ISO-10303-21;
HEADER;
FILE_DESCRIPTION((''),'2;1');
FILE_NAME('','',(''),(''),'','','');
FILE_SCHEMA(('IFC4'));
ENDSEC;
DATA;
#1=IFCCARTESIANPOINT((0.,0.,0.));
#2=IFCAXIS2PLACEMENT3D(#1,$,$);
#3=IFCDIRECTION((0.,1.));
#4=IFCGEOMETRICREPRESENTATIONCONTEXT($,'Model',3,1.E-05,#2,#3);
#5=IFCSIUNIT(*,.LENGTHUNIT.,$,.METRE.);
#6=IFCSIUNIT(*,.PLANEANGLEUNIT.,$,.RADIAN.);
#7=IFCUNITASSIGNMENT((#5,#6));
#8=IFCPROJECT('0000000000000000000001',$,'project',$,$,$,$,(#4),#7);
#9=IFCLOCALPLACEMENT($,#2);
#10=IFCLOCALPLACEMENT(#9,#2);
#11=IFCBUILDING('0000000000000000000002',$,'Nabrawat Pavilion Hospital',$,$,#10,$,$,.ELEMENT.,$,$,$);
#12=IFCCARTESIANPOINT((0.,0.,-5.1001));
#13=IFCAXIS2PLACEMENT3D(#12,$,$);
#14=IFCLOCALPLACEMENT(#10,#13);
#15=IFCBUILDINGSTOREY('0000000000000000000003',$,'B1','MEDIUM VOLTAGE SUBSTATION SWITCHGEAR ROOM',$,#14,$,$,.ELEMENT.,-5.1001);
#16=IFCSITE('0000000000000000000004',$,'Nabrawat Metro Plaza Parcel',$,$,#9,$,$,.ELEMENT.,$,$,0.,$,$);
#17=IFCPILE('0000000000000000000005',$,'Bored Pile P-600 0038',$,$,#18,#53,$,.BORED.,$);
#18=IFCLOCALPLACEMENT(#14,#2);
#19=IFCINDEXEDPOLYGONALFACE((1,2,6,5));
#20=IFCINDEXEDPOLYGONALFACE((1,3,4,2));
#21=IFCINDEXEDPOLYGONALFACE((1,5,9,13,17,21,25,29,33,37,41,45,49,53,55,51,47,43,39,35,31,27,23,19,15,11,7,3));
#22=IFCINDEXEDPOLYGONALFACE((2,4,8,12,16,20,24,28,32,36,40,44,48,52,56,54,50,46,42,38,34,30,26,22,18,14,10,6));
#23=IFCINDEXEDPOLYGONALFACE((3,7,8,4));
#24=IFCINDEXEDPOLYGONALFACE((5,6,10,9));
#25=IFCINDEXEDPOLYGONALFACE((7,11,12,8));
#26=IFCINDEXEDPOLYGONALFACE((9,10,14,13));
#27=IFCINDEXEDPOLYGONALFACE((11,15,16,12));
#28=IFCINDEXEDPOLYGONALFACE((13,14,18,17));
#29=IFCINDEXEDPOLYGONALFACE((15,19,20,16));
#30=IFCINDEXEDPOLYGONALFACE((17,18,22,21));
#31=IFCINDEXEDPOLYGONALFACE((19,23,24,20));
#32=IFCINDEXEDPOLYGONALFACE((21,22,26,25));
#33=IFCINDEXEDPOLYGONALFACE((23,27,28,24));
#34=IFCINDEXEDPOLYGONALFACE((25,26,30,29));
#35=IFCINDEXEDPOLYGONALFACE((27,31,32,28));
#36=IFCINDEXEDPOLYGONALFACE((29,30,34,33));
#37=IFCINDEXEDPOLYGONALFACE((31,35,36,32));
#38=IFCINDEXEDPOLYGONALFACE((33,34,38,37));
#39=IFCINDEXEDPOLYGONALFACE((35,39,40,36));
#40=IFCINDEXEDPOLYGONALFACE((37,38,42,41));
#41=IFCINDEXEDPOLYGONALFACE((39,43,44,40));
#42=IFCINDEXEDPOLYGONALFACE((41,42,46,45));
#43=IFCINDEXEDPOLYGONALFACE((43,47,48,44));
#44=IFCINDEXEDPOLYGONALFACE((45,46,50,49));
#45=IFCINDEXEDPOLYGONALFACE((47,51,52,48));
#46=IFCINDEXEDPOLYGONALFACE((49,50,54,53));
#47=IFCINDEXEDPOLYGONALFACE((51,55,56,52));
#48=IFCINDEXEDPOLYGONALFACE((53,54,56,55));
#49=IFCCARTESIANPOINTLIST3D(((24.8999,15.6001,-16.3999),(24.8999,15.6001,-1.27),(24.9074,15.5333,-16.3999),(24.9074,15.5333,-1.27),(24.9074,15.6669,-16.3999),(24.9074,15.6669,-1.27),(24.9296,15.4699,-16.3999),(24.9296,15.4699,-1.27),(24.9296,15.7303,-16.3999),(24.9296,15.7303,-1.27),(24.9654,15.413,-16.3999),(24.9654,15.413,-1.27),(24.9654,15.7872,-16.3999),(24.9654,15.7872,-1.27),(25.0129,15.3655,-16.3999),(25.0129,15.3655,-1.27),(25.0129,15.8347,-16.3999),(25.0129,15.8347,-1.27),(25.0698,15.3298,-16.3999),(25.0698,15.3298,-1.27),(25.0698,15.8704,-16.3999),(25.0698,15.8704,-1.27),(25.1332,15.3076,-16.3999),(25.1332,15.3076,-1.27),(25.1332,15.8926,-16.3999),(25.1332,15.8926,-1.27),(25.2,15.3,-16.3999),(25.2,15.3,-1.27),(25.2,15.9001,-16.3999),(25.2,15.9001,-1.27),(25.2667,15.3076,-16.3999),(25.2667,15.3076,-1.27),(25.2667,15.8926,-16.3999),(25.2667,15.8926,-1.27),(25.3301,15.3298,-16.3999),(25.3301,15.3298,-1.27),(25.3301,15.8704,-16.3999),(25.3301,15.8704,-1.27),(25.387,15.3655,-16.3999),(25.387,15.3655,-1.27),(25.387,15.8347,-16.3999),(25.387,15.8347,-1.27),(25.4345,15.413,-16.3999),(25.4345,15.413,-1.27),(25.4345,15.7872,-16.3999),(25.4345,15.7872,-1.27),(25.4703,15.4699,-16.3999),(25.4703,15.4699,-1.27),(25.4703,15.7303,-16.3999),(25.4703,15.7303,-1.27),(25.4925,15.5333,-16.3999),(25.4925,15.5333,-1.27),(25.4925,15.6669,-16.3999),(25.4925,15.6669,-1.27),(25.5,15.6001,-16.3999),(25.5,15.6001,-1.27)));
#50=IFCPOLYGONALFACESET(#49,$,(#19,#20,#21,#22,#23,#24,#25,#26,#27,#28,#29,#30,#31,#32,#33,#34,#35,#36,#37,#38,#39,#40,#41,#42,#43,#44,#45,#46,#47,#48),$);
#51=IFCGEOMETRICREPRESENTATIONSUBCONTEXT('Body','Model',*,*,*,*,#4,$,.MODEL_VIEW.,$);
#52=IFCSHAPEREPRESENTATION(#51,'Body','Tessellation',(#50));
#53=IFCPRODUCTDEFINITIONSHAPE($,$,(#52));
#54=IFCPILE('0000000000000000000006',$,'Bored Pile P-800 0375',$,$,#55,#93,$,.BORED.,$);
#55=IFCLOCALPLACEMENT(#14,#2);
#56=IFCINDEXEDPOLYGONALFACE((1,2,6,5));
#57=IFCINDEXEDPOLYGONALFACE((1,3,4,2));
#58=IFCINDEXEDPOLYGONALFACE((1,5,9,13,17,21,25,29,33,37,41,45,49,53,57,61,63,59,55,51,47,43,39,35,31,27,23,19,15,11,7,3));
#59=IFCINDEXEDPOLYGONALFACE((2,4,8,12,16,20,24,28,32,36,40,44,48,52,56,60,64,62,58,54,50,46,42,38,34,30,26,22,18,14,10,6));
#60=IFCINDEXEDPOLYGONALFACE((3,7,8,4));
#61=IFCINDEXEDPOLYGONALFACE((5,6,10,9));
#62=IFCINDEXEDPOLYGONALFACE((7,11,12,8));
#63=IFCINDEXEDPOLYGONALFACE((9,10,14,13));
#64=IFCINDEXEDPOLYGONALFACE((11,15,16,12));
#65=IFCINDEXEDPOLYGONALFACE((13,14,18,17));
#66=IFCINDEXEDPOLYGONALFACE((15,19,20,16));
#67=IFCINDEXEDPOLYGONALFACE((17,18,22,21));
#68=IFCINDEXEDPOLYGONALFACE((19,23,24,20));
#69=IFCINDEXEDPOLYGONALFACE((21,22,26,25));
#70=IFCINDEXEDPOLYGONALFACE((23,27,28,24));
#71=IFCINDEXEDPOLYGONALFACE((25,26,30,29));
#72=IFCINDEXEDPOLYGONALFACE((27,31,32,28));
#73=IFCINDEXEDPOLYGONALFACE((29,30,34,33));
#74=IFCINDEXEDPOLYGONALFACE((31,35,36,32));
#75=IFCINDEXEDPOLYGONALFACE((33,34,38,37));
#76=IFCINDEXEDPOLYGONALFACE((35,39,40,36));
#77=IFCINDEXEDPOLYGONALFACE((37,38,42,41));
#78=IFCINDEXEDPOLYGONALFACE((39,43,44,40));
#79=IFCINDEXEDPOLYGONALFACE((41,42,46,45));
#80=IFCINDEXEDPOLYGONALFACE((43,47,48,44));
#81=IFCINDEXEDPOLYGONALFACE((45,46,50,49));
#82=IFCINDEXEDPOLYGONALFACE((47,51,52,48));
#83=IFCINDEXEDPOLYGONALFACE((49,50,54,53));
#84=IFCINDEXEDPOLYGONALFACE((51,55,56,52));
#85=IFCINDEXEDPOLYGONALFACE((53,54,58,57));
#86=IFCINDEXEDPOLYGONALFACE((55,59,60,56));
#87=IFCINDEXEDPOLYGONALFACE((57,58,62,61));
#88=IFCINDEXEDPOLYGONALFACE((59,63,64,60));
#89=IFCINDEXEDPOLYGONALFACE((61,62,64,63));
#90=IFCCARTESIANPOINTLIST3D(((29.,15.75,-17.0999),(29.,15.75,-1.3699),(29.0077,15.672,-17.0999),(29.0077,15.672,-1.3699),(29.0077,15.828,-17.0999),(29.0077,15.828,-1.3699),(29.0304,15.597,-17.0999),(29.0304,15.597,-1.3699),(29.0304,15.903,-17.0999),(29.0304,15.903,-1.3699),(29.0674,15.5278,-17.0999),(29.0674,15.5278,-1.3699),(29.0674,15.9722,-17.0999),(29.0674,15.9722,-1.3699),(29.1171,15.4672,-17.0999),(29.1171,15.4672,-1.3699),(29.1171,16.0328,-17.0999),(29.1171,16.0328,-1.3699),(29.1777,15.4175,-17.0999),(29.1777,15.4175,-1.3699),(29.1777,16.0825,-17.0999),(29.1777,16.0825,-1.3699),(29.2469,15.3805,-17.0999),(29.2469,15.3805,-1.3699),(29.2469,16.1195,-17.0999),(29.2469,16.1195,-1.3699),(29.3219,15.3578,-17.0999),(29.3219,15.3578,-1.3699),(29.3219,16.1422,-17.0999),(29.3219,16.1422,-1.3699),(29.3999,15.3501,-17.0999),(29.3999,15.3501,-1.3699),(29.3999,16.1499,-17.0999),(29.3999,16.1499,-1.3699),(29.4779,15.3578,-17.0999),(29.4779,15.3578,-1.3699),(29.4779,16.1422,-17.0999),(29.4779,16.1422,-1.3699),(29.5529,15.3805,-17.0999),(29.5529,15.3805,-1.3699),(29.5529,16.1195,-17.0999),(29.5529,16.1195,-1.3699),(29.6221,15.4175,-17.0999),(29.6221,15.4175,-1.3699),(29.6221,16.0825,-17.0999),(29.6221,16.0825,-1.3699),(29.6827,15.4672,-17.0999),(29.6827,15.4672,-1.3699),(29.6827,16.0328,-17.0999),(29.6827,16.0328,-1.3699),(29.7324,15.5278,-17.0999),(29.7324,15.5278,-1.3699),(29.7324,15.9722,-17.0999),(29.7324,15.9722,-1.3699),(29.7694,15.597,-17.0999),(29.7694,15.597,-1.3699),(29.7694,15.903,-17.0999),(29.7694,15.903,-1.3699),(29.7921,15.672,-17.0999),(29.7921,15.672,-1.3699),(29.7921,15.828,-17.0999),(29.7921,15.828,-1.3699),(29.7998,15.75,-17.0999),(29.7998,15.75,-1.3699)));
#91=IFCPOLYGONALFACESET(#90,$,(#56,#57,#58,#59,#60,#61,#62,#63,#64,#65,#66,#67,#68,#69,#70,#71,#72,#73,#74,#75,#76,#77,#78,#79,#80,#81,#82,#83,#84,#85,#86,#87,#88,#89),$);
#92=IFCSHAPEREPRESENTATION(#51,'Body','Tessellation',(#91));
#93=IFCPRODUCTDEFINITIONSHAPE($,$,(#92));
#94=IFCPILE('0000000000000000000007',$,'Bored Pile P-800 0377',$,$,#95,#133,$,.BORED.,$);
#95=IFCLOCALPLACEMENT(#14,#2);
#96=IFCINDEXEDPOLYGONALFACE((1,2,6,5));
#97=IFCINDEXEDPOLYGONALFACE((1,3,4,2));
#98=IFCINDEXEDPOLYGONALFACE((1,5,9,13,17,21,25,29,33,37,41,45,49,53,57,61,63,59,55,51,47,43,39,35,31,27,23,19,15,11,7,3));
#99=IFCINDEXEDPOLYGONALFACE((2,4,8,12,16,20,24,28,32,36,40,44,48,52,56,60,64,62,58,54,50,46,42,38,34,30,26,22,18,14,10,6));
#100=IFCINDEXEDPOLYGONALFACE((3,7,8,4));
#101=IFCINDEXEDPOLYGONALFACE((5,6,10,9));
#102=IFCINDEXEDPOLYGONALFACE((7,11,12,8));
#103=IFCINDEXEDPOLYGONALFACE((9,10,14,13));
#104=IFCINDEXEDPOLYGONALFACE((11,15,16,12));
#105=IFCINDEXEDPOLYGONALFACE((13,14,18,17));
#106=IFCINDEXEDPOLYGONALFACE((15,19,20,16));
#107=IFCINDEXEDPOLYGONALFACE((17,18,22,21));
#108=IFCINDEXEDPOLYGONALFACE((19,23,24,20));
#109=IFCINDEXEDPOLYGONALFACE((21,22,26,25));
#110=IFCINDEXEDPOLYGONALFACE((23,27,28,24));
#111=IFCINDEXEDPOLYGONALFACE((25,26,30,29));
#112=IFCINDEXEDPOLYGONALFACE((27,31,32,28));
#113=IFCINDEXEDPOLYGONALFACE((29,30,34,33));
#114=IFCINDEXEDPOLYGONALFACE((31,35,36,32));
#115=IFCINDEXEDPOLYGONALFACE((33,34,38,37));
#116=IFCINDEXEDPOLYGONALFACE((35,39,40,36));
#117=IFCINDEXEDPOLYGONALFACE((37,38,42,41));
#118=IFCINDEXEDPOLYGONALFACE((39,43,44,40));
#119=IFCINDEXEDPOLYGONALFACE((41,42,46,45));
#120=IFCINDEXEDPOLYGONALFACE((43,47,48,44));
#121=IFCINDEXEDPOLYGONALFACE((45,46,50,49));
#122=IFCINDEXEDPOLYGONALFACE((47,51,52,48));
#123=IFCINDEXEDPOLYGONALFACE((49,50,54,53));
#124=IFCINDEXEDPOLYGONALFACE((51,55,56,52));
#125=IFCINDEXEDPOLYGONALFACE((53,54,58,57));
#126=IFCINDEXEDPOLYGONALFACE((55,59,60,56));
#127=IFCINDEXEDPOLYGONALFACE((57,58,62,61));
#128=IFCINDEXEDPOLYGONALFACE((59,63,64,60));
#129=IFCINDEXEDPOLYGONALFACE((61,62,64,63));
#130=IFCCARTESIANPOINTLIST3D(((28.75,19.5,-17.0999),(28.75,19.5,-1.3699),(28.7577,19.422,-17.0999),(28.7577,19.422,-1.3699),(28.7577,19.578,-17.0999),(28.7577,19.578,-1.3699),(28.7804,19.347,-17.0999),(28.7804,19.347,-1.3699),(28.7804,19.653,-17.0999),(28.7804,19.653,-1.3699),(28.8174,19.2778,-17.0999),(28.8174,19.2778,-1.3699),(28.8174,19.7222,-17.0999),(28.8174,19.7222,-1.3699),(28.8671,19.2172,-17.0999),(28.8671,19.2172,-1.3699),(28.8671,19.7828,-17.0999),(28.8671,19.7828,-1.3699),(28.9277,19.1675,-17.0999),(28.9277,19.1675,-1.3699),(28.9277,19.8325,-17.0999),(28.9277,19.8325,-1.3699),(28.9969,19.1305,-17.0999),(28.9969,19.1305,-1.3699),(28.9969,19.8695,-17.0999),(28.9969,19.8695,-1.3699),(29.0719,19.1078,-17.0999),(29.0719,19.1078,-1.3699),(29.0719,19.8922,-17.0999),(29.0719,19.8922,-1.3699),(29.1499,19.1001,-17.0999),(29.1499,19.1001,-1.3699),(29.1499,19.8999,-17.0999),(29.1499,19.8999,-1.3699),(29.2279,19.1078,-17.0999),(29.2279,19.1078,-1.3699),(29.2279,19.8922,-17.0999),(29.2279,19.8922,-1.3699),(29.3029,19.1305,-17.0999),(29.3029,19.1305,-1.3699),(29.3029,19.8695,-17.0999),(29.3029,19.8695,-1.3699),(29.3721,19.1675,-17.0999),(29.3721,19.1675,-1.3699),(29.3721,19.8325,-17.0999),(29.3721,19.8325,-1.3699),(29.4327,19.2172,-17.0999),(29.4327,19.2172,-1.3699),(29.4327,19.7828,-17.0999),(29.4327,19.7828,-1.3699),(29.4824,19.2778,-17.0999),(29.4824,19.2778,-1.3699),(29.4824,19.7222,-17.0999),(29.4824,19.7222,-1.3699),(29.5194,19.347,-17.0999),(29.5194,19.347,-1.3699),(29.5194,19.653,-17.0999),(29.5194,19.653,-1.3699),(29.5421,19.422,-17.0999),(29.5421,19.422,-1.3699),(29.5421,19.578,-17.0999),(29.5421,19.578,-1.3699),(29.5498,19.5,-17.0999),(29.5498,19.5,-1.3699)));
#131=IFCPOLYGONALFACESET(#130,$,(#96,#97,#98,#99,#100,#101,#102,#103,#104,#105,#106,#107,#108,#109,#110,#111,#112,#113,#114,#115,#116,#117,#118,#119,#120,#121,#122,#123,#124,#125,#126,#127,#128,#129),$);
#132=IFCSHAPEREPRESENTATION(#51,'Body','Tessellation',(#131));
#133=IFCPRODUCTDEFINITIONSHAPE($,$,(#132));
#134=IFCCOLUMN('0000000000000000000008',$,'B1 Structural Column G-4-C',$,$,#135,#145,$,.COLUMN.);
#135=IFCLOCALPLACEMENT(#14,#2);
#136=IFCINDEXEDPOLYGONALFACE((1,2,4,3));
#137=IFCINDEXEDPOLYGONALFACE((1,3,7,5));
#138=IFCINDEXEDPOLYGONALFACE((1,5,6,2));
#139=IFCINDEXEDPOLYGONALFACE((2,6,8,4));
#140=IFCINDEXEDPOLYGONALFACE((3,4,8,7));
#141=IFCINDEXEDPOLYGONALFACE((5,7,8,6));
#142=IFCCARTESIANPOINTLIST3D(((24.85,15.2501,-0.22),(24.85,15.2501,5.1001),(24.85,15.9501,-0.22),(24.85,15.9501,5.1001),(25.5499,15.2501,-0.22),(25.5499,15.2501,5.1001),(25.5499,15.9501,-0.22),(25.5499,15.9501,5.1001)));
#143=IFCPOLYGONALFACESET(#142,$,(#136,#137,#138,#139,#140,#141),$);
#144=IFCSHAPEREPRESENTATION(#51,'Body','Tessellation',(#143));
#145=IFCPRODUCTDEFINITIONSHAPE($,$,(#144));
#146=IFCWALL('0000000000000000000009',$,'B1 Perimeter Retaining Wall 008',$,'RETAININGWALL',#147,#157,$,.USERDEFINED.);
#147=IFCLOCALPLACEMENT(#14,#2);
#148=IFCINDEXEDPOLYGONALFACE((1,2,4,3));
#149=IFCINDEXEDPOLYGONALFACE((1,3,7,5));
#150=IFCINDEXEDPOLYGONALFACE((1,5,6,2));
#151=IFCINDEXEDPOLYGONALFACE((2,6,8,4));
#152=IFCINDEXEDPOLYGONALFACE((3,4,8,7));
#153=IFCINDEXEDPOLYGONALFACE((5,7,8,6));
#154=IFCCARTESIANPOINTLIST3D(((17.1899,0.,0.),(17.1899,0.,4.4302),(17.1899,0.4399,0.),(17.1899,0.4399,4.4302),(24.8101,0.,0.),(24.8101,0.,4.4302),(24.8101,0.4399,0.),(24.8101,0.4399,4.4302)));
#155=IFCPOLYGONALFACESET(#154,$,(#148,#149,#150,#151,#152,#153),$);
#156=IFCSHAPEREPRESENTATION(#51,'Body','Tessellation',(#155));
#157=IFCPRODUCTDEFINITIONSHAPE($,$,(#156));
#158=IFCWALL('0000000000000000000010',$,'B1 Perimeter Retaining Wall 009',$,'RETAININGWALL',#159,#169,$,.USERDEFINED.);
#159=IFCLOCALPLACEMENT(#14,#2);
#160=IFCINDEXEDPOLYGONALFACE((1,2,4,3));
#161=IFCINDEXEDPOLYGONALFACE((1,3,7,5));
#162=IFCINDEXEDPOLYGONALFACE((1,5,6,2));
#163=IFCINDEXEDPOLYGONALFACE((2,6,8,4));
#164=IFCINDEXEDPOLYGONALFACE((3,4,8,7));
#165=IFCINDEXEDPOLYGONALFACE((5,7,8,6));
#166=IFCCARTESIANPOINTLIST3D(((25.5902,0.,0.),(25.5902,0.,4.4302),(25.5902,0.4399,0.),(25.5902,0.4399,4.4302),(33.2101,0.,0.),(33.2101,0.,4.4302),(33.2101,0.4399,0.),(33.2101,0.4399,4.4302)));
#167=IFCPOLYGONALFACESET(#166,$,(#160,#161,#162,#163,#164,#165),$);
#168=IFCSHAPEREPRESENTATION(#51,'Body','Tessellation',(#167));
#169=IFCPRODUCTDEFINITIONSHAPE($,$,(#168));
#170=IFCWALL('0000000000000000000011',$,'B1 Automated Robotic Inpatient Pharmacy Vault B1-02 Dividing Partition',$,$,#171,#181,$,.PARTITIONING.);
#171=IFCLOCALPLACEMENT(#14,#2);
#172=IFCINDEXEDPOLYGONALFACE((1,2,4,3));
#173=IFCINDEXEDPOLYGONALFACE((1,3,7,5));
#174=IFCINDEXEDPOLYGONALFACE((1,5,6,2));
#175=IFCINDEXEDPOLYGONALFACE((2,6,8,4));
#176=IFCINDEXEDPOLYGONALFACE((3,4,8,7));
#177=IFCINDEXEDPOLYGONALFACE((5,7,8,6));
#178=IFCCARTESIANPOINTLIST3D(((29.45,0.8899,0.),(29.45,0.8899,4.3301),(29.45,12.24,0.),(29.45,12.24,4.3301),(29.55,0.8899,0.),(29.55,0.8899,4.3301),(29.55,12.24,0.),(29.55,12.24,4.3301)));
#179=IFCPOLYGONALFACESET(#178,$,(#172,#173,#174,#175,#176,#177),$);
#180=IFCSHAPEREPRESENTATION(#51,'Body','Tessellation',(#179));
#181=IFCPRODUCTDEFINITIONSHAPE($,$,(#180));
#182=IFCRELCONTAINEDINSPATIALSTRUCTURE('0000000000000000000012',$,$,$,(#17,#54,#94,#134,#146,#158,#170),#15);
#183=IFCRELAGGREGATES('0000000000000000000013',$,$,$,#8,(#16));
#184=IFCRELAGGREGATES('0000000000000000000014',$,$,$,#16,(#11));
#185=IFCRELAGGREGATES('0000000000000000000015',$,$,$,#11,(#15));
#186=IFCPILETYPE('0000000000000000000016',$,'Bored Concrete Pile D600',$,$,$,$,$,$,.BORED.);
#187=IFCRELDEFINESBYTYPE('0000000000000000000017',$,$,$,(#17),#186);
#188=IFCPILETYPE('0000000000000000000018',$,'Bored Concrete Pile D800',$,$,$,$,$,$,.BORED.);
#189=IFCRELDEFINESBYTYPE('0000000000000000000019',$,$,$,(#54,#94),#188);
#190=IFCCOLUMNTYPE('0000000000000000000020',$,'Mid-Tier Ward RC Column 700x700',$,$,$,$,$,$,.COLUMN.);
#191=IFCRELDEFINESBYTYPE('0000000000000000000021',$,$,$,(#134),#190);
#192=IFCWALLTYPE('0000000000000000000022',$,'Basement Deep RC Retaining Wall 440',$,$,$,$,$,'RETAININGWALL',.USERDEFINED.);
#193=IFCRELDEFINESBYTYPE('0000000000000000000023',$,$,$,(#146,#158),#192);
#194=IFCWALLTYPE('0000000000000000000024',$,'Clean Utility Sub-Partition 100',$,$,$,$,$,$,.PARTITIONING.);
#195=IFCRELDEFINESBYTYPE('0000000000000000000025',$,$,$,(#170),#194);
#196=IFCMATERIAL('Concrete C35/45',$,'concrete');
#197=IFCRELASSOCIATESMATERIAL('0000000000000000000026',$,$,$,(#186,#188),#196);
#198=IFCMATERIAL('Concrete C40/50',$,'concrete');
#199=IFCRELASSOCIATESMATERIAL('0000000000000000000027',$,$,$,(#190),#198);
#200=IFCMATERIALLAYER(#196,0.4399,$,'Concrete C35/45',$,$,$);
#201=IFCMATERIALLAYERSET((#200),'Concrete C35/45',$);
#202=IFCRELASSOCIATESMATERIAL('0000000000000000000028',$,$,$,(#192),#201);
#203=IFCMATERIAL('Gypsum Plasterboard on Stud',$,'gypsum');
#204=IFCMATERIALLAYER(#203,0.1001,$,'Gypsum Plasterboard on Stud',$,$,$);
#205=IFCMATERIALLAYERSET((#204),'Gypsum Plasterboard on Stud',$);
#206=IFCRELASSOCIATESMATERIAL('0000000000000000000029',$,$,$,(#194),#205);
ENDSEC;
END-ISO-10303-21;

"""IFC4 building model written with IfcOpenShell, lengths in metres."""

from ifc_helpers import new_model, si_unit, direction, frame, frame_2d, origin, origin_2d, place, context, subcontext, project, spatial, rectangle, circle, extrude, material, layer, layer_set, material_profile, profile_set, type_object, element, save


model = new_model("IFC4")

# Units and contexts
model_context = context("Model", 3, precision=1e-05, world=origin(), true_north=direction((0.0, 1.0)))
body_context = subcontext(model_context, "Body", "Model", "MODEL_VIEW")
ifc_project = project(units=[si_unit("LENGTHUNIT", "METRE"), si_unit("PLANEANGLEUNIT", "RADIAN")], contexts=[model_context])

# Site, building, storey
site_placement = place(None, origin())
site = spatial("IfcSite", under=ifc_project, at=site_placement, Name="Nabrawat Metro Plaza Parcel", CompositionType="ELEMENT", RefElevation=0.0)
building_placement = place(site_placement, origin())
building = spatial("IfcBuilding", under=site, at=building_placement, Name="Nabrawat Pavilion Hospital", CompositionType="ELEMENT")
storey_placement = place(building_placement, frame((0.0, 0.0, -5.1001)))
storey = spatial("IfcBuildingStorey", under=building, at=storey_placement, Name="B1", Description="MEDIUM VOLTAGE SUBSTATION SWITCHGEAR ROOM", CompositionType="ELEMENT", Elevation=-5.1001)

# Piles
ifc_material_1 = material(Name="Concrete C35/45", Category="concrete")
ifc_material_profile_1 = material_profile(ifc_material_1, circle(Radius=0.3, at=origin_2d()), Name="DIA 600")
ifc_profile_set_1 = profile_set([ifc_material_profile_1], Name="Concrete C35/45")
pile_type_1 = type_object("IfcPileType", Name="Bored Concrete Pile D600", PredefinedType="BORED", material=ifc_profile_set_1)
pile_placement = place(storey_placement, frame((25.2, 15.6001, -1.27), z_axis=(0.0, 0.0, -1.0), x_axis=(1.0, 0.0, 0.0)))
element("IfcPile", 1, at=pile_placement, inside=storey, type_object=pile_type_1, Name="Bored Pile P-600 0038", PredefinedType="BORED", context=body_context, shape_type="SweptSolid", body=[
    extrude(circle(Radius=0.3, at=origin_2d()), origin(), (0.0, 0.0, 1.0), 15.1299),
])
ifc_material_profile_2 = material_profile(ifc_material_1, circle(Radius=0.3999, at=origin_2d()), Name="DIA 800")
ifc_profile_set_2 = profile_set([ifc_material_profile_2], Name="Concrete C35/45")
pile_type_2 = type_object("IfcPileType", Name="Bored Concrete Pile D800", PredefinedType="BORED", material=ifc_profile_set_2)
for number, where, z_axis, x_axis, name in (
    (2, (29.3999, 15.75, -1.3699), (0.0, 0.0, -1.0), (1.0, 0.0, 0.0), "Bored Pile P-800 0375"),
    (3, (29.1499, 19.5, -1.3699), (0.0, 0.0, -1.0), (1.0, 0.0, 0.0), "Bored Pile P-800 0377"),
):
    element("IfcPile", number, at=place(storey_placement, frame(where, z_axis=z_axis, x_axis=x_axis)), inside=storey, type_object=pile_type_2, Name=name, PredefinedType="BORED", context=body_context, shape_type="SweptSolid", body=[
        extrude(circle(Radius=0.3999, at=origin_2d()), origin(), (0.0, 0.0, 1.0), 15.73),
    ])

# Column
ifc_material_2 = material(Name="Concrete C40/50", Category="concrete")
ifc_material_profile_3 = material_profile(ifc_material_2, rectangle(XDim=0.7, YDim=0.7, at=origin_2d()), Name="RC 700x700")
ifc_profile_set_3 = profile_set([ifc_material_profile_3], Name="Concrete C40/50")
column_type = type_object("IfcColumnType", Name="Mid-Tier Ward RC Column 700x700", PredefinedType="COLUMN", material=ifc_profile_set_3)
column_placement = place(storey_placement, frame((25.2, 15.6001, -0.22), z_axis=(0.0, 0.0, 1.0), x_axis=(1.0, 0.0, 0.0)))
element("IfcColumn", 4, at=column_placement, inside=storey, type_object=column_type, Name="B1 Structural Column G-4-C", PredefinedType="COLUMN", context=body_context, shape_type="SweptSolid", body=[
    extrude(rectangle(XDim=0.7, YDim=0.7, at=origin_2d()), origin(), (0.0, 0.0, 1.0), 5.3201),
])

# Walls
ifc_layer_1 = layer(ifc_material_1, 0.4399, Name="Concrete C35/45")
ifc_layer_set_1 = layer_set([ifc_layer_1], Name="Concrete C35/45")
wall_type_1 = type_object("IfcWallType", Name="Basement Deep RC Retaining Wall 440", ElementType="RETAININGWALL", PredefinedType="USERDEFINED", material=ifc_layer_set_1)
wall_1_placement = place(storey_placement, frame((17.1899, 0.22, 0.0), z_axis=(0.0, 0.0, 1.0), x_axis=(1.0, 0.0, 0.0)))
element("IfcWall", 5, at=wall_1_placement, inside=storey, type_object=wall_type_1, Name="B1 Perimeter Retaining Wall 008", ObjectType="RETAININGWALL", PredefinedType="USERDEFINED", context=body_context, shape_type="SweptSolid", body=[
    extrude(rectangle(XDim=7.6201, YDim=0.4399, at=frame_2d((3.8101, 0.0))), origin(), (0.0, 0.0, 1.0), 4.4302),
])
wall_2_placement = place(storey_placement, frame((25.5901, 0.22, 0.0), z_axis=(0.0, 0.0, 1.0), x_axis=(1.0, 0.0, 0.0)))
element("IfcWall", 6, at=wall_2_placement, inside=storey, type_object=wall_type_1, Name="B1 Perimeter Retaining Wall 009", ObjectType="RETAININGWALL", PredefinedType="USERDEFINED", context=body_context, shape_type="SweptSolid", body=[
    extrude(rectangle(XDim=7.6199, YDim=0.4399, at=frame_2d((3.8101, 0.0))), origin(), (0.0, 0.0, 1.0), 4.4302),
])
ifc_material_3 = material(Name="Gypsum Plasterboard on Stud", Category="gypsum")
ifc_layer_2 = layer(ifc_material_3, 0.1001, Name="Gypsum Plasterboard on Stud")
ifc_layer_set_2 = layer_set([ifc_layer_2], Name="Gypsum Plasterboard on Stud")
wall_type_2 = type_object("IfcWallType", Name="Clean Utility Sub-Partition 100", PredefinedType="PARTITIONING", material=ifc_layer_set_2)
wall_3_placement = place(storey_placement, frame((29.5, 0.8899, 0.0), z_axis=(0.0, 0.0, 1.0), x_axis=(0.0, 1.0, 0.0)))
element("IfcWall", 7, at=wall_3_placement, inside=storey, type_object=wall_type_2, Name="B1 Automated Robotic Inpatient Pharmacy Vault B1-02 Dividing Partition", PredefinedType="PARTITIONING", context=body_context, shape_type="SweptSolid", body=[
    extrude(rectangle(XDim=11.3501, YDim=0.1001, at=frame_2d((5.675, 0.0))), origin(), (0.0, 0.0, 1.0), 4.3301),
])

save(model, "model.ifc")
